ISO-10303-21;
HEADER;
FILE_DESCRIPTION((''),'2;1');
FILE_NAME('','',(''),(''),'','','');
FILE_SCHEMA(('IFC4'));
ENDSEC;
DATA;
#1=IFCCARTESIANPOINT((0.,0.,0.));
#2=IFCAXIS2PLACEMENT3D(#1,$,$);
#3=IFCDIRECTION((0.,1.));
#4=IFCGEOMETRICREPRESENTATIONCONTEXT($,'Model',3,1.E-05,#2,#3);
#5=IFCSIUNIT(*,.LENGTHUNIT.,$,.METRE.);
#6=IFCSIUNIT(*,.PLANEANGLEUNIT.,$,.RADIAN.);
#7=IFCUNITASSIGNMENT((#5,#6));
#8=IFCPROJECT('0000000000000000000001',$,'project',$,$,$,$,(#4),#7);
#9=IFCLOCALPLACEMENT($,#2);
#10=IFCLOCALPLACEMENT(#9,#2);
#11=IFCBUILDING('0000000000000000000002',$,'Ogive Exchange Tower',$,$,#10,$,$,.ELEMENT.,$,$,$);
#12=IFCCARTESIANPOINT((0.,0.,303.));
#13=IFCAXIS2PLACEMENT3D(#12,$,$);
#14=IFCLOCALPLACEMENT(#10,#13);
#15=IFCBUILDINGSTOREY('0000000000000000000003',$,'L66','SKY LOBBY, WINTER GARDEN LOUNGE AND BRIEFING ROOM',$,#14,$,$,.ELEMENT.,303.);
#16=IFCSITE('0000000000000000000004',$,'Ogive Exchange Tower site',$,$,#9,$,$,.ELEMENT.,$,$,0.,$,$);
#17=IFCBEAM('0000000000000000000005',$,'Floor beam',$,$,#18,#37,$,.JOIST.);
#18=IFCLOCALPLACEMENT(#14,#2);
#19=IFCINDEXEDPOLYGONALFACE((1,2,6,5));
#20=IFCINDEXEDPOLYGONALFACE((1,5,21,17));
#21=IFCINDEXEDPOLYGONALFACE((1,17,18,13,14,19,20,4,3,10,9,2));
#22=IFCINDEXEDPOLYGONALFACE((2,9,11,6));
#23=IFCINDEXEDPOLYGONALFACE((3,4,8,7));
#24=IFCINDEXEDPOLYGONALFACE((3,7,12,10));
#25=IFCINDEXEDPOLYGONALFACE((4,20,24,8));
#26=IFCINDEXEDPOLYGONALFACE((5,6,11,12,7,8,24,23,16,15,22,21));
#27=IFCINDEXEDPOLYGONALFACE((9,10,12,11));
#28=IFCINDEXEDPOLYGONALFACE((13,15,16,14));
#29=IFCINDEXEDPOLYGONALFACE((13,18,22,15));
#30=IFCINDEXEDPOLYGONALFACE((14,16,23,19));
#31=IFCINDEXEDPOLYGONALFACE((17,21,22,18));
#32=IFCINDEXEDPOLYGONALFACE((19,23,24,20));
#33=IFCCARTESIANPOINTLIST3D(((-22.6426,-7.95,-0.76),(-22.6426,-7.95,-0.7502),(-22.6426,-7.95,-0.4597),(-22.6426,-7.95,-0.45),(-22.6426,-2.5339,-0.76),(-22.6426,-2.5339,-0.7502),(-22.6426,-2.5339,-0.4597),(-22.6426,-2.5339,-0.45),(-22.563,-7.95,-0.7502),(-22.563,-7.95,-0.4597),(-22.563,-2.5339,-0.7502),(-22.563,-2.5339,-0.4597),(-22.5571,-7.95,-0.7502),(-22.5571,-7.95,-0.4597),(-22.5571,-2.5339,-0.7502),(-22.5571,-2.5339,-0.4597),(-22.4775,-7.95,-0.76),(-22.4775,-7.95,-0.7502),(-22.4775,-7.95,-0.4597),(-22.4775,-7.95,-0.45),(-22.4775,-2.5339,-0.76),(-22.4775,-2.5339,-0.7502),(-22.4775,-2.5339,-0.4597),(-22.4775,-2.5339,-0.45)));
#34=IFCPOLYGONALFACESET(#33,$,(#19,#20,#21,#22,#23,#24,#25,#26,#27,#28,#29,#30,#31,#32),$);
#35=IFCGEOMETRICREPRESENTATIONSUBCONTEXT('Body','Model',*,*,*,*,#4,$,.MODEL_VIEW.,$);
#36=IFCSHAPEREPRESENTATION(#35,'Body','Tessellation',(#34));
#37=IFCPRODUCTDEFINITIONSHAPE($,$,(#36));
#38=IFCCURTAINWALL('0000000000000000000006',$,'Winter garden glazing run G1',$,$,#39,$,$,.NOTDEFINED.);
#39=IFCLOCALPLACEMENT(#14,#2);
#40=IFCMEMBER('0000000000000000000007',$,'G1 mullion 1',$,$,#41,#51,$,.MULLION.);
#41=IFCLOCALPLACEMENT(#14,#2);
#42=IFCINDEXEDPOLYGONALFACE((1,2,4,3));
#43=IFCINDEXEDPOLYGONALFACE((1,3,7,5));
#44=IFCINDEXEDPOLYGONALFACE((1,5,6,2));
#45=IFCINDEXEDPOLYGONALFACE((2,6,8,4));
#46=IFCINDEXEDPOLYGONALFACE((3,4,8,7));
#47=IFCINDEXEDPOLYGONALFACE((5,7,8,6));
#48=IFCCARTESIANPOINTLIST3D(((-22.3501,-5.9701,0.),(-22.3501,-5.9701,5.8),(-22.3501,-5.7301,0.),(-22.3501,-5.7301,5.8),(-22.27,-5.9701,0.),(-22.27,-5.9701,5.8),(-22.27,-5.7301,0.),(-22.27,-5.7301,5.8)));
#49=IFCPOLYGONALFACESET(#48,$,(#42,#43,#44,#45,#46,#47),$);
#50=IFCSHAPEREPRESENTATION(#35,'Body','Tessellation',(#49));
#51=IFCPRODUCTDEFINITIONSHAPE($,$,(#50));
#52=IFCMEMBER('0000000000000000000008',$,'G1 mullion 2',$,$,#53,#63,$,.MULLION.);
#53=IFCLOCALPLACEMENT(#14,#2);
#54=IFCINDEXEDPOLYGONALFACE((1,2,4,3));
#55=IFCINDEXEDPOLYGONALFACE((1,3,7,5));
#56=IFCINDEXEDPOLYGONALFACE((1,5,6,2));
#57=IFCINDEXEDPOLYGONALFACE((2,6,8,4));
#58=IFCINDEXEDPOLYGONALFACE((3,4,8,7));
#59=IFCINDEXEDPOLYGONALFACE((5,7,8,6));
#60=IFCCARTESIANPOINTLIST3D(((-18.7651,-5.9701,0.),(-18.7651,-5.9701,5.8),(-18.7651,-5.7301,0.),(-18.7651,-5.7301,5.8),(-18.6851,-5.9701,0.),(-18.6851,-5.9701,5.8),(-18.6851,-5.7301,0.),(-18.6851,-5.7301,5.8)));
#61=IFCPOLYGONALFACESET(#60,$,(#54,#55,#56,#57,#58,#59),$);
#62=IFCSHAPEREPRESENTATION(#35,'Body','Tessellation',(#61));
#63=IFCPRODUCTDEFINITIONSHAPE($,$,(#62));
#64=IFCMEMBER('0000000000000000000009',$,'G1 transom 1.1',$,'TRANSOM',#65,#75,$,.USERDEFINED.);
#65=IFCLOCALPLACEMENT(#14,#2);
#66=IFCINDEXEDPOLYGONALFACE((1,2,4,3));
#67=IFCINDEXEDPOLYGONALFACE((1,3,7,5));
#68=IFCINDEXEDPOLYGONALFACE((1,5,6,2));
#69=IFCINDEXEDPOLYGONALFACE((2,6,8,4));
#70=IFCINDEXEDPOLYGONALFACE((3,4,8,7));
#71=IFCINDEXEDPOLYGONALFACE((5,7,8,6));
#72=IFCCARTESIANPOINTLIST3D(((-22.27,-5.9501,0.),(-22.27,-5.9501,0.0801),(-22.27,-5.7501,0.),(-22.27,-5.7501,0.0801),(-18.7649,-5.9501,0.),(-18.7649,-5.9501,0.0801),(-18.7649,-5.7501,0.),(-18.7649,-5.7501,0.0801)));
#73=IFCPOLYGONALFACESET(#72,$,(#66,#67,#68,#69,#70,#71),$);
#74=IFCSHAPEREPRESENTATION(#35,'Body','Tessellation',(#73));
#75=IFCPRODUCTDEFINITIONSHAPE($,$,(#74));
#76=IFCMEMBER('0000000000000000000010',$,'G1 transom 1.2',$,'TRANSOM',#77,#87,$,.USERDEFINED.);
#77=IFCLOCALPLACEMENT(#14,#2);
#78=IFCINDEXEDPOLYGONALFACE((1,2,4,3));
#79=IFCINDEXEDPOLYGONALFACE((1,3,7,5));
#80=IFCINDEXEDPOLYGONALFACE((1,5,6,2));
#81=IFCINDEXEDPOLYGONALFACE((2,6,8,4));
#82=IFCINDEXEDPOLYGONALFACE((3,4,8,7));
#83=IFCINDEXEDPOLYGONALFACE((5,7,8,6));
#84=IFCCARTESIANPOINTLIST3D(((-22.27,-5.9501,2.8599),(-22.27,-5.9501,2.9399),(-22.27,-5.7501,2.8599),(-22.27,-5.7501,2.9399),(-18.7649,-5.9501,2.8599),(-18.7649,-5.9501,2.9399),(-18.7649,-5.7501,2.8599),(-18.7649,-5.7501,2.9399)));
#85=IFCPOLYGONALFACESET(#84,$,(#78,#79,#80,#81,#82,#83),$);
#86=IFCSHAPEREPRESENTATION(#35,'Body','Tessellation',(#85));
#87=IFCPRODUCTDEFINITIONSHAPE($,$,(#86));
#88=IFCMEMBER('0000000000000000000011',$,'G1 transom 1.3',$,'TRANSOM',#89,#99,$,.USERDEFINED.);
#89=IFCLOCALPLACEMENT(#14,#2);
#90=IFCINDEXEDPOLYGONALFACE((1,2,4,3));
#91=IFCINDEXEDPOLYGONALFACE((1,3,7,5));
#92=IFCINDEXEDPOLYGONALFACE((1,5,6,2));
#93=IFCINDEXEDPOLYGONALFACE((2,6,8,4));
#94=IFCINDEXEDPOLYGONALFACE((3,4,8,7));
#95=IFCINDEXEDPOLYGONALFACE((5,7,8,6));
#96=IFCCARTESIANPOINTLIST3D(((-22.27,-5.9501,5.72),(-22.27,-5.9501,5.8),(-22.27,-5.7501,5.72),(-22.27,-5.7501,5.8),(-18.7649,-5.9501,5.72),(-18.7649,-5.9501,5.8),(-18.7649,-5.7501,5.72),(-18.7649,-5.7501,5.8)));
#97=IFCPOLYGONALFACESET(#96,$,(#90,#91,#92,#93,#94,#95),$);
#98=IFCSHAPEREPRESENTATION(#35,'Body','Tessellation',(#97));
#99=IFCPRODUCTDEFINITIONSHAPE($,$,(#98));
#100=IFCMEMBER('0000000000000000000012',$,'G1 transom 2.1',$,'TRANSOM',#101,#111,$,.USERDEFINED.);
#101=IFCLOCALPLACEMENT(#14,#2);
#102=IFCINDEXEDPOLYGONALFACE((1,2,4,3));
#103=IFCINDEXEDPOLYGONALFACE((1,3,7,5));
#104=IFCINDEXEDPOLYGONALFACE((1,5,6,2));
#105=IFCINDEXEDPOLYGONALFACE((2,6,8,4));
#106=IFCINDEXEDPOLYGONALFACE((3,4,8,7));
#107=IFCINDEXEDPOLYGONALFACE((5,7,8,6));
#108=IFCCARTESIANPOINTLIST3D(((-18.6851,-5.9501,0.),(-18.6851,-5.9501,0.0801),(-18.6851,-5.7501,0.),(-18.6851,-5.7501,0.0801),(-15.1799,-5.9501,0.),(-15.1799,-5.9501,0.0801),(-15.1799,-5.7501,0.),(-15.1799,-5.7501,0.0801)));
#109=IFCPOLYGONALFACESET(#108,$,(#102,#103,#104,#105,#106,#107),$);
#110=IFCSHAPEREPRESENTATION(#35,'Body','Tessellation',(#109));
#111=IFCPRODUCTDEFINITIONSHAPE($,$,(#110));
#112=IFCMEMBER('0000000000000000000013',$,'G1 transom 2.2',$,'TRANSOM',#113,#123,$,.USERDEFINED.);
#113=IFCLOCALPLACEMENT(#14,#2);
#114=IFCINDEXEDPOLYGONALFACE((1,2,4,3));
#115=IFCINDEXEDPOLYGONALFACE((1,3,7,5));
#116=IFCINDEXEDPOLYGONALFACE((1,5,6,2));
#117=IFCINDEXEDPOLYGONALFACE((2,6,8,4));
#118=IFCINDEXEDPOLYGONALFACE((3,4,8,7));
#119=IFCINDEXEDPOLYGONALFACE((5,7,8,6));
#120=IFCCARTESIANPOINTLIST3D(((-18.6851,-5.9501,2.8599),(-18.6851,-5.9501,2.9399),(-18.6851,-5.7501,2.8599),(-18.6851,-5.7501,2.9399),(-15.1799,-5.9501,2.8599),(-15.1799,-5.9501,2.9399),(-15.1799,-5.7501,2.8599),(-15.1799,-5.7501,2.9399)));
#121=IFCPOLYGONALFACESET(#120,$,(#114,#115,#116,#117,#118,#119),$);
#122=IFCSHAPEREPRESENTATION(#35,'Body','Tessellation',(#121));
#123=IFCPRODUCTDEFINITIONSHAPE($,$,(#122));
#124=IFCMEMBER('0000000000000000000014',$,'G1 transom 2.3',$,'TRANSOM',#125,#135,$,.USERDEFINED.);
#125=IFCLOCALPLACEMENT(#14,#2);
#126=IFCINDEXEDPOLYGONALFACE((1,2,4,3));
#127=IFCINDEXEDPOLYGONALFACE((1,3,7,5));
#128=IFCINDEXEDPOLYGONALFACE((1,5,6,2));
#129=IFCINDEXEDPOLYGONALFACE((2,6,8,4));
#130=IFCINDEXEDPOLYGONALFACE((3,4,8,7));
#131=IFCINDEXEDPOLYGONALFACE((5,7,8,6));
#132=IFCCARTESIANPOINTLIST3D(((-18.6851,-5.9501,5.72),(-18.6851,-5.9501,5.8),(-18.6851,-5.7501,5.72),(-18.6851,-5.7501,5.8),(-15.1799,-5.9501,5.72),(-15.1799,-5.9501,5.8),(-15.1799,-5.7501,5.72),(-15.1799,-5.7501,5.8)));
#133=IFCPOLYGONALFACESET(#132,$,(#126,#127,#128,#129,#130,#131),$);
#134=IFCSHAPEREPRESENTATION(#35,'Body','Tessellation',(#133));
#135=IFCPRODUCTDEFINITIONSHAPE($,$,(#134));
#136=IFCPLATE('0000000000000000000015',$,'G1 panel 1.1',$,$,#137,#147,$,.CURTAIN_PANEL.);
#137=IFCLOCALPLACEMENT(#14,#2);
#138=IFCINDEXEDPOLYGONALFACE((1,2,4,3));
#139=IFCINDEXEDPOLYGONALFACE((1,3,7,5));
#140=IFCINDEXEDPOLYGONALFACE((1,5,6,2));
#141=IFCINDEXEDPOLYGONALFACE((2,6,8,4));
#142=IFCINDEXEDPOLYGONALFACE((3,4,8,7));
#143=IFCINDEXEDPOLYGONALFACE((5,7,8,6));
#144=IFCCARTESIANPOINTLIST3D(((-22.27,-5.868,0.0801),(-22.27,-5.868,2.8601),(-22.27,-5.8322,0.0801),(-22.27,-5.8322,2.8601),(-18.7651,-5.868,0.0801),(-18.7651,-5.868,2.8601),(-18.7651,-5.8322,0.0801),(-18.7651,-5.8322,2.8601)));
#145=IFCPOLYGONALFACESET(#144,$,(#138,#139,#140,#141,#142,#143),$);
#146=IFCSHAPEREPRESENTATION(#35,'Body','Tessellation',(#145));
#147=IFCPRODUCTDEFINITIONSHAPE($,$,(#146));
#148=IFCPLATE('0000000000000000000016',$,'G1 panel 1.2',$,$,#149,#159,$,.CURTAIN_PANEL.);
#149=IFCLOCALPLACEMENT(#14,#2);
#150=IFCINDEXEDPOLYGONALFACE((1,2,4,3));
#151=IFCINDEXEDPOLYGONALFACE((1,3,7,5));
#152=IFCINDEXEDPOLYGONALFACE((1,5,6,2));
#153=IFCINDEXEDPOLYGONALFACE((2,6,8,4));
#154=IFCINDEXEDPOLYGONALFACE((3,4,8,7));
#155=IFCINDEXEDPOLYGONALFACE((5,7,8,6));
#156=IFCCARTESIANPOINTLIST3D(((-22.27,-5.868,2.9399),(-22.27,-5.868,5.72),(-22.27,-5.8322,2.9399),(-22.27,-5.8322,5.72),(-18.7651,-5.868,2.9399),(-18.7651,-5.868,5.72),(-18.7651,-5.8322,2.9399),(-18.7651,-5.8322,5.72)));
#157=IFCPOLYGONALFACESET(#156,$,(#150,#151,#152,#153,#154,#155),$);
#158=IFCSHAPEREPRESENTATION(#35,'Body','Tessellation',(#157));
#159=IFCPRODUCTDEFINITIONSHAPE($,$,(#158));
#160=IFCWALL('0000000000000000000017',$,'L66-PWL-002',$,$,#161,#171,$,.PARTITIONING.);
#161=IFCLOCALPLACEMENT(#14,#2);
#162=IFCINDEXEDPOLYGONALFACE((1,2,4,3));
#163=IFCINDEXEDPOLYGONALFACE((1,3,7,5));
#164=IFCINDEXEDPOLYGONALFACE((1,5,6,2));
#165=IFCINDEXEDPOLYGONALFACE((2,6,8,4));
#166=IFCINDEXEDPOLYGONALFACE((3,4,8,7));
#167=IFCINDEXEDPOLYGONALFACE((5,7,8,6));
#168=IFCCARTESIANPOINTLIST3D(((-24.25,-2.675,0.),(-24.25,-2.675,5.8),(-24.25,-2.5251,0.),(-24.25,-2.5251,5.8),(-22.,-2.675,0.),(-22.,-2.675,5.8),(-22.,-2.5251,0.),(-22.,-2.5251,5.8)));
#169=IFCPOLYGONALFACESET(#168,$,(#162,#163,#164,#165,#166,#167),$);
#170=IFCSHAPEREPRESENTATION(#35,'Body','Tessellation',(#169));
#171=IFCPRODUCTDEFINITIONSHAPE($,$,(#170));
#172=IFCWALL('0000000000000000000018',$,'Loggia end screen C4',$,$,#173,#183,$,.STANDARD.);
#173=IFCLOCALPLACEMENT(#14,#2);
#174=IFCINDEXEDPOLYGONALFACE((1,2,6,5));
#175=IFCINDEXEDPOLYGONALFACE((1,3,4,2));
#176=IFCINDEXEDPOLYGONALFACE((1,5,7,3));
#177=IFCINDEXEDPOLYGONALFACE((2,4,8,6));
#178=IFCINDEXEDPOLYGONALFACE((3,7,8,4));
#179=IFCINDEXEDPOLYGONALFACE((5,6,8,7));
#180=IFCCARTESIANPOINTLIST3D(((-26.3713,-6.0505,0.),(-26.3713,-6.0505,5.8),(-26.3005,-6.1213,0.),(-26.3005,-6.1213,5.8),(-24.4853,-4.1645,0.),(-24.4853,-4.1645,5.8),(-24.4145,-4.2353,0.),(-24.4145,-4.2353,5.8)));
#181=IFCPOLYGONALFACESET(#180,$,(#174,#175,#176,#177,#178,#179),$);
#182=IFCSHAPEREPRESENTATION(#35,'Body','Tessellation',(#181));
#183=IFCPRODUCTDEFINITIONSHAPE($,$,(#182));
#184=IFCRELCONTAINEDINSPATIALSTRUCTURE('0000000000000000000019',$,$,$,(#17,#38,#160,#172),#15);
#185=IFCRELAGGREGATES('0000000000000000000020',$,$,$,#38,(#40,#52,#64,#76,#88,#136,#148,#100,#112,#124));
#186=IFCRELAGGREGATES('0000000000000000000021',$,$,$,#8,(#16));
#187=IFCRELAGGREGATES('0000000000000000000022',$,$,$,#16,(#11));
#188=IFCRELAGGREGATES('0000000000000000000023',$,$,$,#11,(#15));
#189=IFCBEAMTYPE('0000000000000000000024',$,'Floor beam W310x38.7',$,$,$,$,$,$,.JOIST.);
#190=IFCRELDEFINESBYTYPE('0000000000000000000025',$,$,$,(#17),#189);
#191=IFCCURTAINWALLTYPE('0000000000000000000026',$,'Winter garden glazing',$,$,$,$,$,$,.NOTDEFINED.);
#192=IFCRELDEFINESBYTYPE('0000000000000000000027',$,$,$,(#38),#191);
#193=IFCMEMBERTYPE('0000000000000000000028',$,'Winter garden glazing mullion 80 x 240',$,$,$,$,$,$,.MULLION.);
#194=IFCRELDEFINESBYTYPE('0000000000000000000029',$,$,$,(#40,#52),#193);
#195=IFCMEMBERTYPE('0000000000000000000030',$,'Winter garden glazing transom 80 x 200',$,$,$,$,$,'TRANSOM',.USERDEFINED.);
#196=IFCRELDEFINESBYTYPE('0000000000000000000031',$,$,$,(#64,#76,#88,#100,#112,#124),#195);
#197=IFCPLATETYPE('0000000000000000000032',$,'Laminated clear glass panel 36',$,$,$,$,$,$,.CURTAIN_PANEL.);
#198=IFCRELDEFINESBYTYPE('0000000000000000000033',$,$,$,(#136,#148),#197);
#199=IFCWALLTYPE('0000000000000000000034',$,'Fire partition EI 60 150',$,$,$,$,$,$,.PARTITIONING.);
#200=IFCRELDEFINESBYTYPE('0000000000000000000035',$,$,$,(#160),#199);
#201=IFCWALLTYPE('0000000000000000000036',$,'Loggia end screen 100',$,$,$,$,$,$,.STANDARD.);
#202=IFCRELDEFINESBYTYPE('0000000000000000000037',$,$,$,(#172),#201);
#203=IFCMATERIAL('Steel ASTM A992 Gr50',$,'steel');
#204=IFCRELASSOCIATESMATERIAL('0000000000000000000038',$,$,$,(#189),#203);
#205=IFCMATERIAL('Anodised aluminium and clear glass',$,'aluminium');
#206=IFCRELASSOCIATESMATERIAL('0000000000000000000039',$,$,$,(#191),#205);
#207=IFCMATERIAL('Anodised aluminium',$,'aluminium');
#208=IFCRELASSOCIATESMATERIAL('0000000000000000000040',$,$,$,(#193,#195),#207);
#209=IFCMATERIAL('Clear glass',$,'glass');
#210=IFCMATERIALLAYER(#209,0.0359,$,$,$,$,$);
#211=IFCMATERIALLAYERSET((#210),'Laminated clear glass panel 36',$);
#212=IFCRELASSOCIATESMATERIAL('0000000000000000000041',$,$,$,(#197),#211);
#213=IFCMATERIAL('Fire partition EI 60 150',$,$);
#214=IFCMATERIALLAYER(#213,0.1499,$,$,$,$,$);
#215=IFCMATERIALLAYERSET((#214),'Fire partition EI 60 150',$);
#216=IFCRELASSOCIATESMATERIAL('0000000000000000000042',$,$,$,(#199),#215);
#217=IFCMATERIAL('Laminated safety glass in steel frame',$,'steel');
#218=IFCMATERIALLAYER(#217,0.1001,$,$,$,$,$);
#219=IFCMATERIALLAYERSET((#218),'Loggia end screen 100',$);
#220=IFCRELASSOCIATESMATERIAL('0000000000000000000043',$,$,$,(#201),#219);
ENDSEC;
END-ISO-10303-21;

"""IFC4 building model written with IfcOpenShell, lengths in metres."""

from ifc_helpers import new_model, si_unit, direction, frame, frame_2d, origin, origin_2d, place, context, subcontext, project, spatial, rectangle, i_section, extrude, material, layer, layer_set, material_profile, profile_set, type_object, element, aggregate, save


model = new_model("IFC4")

# Units and contexts
model_context = context("Model", 3, precision=1e-05, world=origin(), true_north=direction((0.0, 1.0)))
body_context = subcontext(model_context, "Body", "Model", "MODEL_VIEW")
ifc_project = project(units=[si_unit("LENGTHUNIT", "METRE"), si_unit("PLANEANGLEUNIT", "RADIAN")], contexts=[model_context])

# Site, building, storey
site_placement = place(None, origin())
site = spatial("IfcSite", under=ifc_project, at=site_placement, Name="Ogive Exchange Tower site", CompositionType="ELEMENT", RefElevation=0.0)
building_placement = place(site_placement, origin())
building = spatial("IfcBuilding", under=site, at=building_placement, Name="Ogive Exchange Tower", CompositionType="ELEMENT")
storey_placement = place(building_placement, frame((0.0, 0.0, 303.0)))
storey = spatial("IfcBuildingStorey", under=building, at=storey_placement, Name="L66", Description="SKY LOBBY, WINTER GARDEN LOUNGE AND BRIEFING ROOM", CompositionType="ELEMENT", Elevation=303.0)

# Beam
ifc_material_1 = material(Name="Steel ASTM A992 Gr50", Category="steel")
ifc_material_profile_1 = material_profile(ifc_material_1, i_section(OverallWidth=0.165, OverallDepth=0.3101, WebThickness=0.0059, FlangeThickness=0.0098, at=origin_2d()), Name="W310x38.7")
ifc_profile_set_1 = profile_set([ifc_material_profile_1], Name="Steel ASTM A992 Gr50")
beam_type = type_object("IfcBeamType", Name="Floor beam W310x38.7", PredefinedType="JOIST", material=ifc_profile_set_1)
beam_placement = place(storey_placement, frame((-22.5601, -7.95, -0.605), z_axis=(0.0, 1.0, 0.0), x_axis=(-1.0, 0.0, 0.0)))
element("IfcBeam", 1, at=beam_placement, inside=storey, type_object=beam_type, Name="Floor beam", PredefinedType="JOIST", context=body_context, shape_type="SweptSolid", body=[
    extrude(i_section(OverallWidth=0.165, OverallDepth=0.3101, WebThickness=0.0059, FlangeThickness=0.0098, at=origin_2d()), origin(), (0.0, 0.0, 1.0), 5.416),
])

# Curtain wall, members, plates
ifc_material_2 = material(Name="Anodised aluminium and clear glass", Category="aluminium")
curtain_wall_type = type_object("IfcCurtainWallType", Name="Winter garden glazing", PredefinedType="NOTDEFINED", material=ifc_material_2)
curtain_wall_placement = place(storey_placement, origin())
curtain_wall = element("IfcCurtainWall", 2, at=curtain_wall_placement, inside=storey, type_object=curtain_wall_type, Name="Winter garden glazing run G1", PredefinedType="NOTDEFINED")
ifc_material_3 = material(Name="Anodised aluminium", Category="aluminium")
ifc_material_profile_2 = material_profile(ifc_material_3, rectangle(XDim=0.24, YDim=0.0801, at=origin_2d()), Name="AL 80x240")
ifc_profile_set_2 = profile_set([ifc_material_profile_2], Name="Anodised aluminium")
member_type_1 = type_object("IfcMemberType", Name="Winter garden glazing mullion 80 x 240", PredefinedType="MULLION", material=ifc_profile_set_2)
member_1_placement = place(storey_placement, frame((-22.3101, -5.8501, 0.0), z_axis=(0.0, 0.0, 1.0), x_axis=(0.0, 1.0, 0.0)))
member_1 = element("IfcMember", 3, at=member_1_placement, type_object=member_type_1, Name="G1 mullion 1", PredefinedType="MULLION", context=body_context, shape_type="SweptSolid", body=[
    extrude(rectangle(XDim=0.24, YDim=0.0801, at=origin_2d()), origin(), (0.0, 0.0, 1.0), 5.8),
])
member_2_placement = place(storey_placement, frame((-18.7251, -5.8501, 0.0), z_axis=(0.0, 0.0, 1.0), x_axis=(0.0, 1.0, 0.0)))
member_2 = element("IfcMember", 4, at=member_2_placement, type_object=member_type_1, Name="G1 mullion 2", PredefinedType="MULLION", context=body_context, shape_type="SweptSolid", body=[
    extrude(rectangle(XDim=0.24, YDim=0.0801, at=origin_2d()), origin(), (0.0, 0.0, 1.0), 5.8),
])
ifc_material_profile_3 = material_profile(ifc_material_3, rectangle(XDim=0.2, YDim=0.0801, at=origin_2d()), Name="AL 80x200")
ifc_profile_set_3 = profile_set([ifc_material_profile_3], Name="Anodised aluminium")
member_type_2 = type_object("IfcMemberType", Name="Winter garden glazing transom 80 x 200", ElementType="TRANSOM", PredefinedType="USERDEFINED", material=ifc_profile_set_3)
member_3_placement = place(storey_placement, frame((-22.27, -5.8501, 0.04), z_axis=(1.0, 0.0, 0.0), x_axis=(0.0, 1.0, 0.0)))
member_3 = element("IfcMember", 5, at=member_3_placement, type_object=member_type_2, Name="G1 transom 1.1", ObjectType="TRANSOM", PredefinedType="USERDEFINED", context=body_context, shape_type="SweptSolid", body=[
    extrude(rectangle(XDim=0.2, YDim=0.0801, at=origin_2d()), origin(), (0.0, 0.0, 1.0), 3.5051),
])
member_4_placement = place(storey_placement, frame((-22.27, -5.8501, 2.8999), z_axis=(1.0, 0.0, 0.0), x_axis=(0.0, 1.0, 0.0)))
member_4 = element("IfcMember", 6, at=member_4_placement, type_object=member_type_2, Name="G1 transom 1.2", ObjectType="TRANSOM", PredefinedType="USERDEFINED", context=body_context, shape_type="SweptSolid", body=[
    extrude(rectangle(XDim=0.2, YDim=0.0801, at=origin_2d()), origin(), (0.0, 0.0, 1.0), 3.5051),
])
member_5_placement = place(storey_placement, frame((-22.27, -5.8501, 5.76), z_axis=(1.0, 0.0, 0.0), x_axis=(0.0, 1.0, 0.0)))
member_5 = element("IfcMember", 7, at=member_5_placement, type_object=member_type_2, Name="G1 transom 1.3", ObjectType="TRANSOM", PredefinedType="USERDEFINED", context=body_context, shape_type="SweptSolid", body=[
    extrude(rectangle(XDim=0.2, YDim=0.0801, at=origin_2d()), origin(), (0.0, 0.0, 1.0), 3.5051),
])
member_6_placement = place(storey_placement, frame((-18.6851, -5.8501, 0.04), z_axis=(1.0, 0.0, 0.0), x_axis=(0.0, 1.0, 0.0)))
member_6 = element("IfcMember", 8, at=member_6_placement, type_object=member_type_2, Name="G1 transom 2.1", ObjectType="TRANSOM", PredefinedType="USERDEFINED", context=body_context, shape_type="SweptSolid", body=[
    extrude(rectangle(XDim=0.2, YDim=0.0801, at=origin_2d()), origin(), (0.0, 0.0, 1.0), 3.5051),
])
member_7_placement = place(storey_placement, frame((-18.6851, -5.8501, 2.8999), z_axis=(1.0, 0.0, 0.0), x_axis=(0.0, 1.0, 0.0)))
member_7 = element("IfcMember", 9, at=member_7_placement, type_object=member_type_2, Name="G1 transom 2.2", ObjectType="TRANSOM", PredefinedType="USERDEFINED", context=body_context, shape_type="SweptSolid", body=[
    extrude(rectangle(XDim=0.2, YDim=0.0801, at=origin_2d()), origin(), (0.0, 0.0, 1.0), 3.5051),
])
member_8_placement = place(storey_placement, frame((-18.6851, -5.8501, 5.76), z_axis=(1.0, 0.0, 0.0), x_axis=(0.0, 1.0, 0.0)))
member_8 = element("IfcMember", 10, at=member_8_placement, type_object=member_type_2, Name="G1 transom 2.3", ObjectType="TRANSOM", PredefinedType="USERDEFINED", context=body_context, shape_type="SweptSolid", body=[
    extrude(rectangle(XDim=0.2, YDim=0.0801, at=origin_2d()), origin(), (0.0, 0.0, 1.0), 3.5051),
])
ifc_material_4 = material(Name="Clear glass", Category="glass")
ifc_layer_1 = layer(ifc_material_4, 0.0359)
ifc_layer_set_1 = layer_set([ifc_layer_1], Name="Laminated clear glass panel 36")
plate_type = type_object("IfcPlateType", Name="Laminated clear glass panel 36", PredefinedType="CURTAIN_PANEL", material=ifc_layer_set_1)
plate_1_placement = place(storey_placement, frame((-20.5176, -5.8501, 0.0801), z_axis=(0.0, 0.0, 1.0), x_axis=(1.0, 0.0, 0.0)))
plate_1 = element("IfcPlate", 11, at=plate_1_placement, type_object=plate_type, Name="G1 panel 1.1", PredefinedType="CURTAIN_PANEL", context=body_context, shape_type="SweptSolid", body=[
    extrude(rectangle(XDim=3.5049, YDim=0.0359, at=origin_2d()), origin(), (0.0, 0.0, 1.0), 2.78),
])
plate_2_placement = place(storey_placement, frame((-20.5176, -5.8501, 2.9399), z_axis=(0.0, 0.0, 1.0), x_axis=(1.0, 0.0, 0.0)))
plate_2 = element("IfcPlate", 12, at=plate_2_placement, type_object=plate_type, Name="G1 panel 1.2", PredefinedType="CURTAIN_PANEL", context=body_context, shape_type="SweptSolid", body=[
    extrude(rectangle(XDim=3.5049, YDim=0.0359, at=origin_2d()), origin(), (0.0, 0.0, 1.0), 2.78),
])
aggregate(curtain_wall, [member_1, member_2, member_3, member_4, member_5, plate_1, plate_2, member_6, member_7, member_8])

# Walls
ifc_material_5 = material(Name="Fire partition EI 60 150")
ifc_layer_2 = layer(ifc_material_5, 0.1499)
ifc_layer_set_2 = layer_set([ifc_layer_2], Name="Fire partition EI 60 150")
wall_type_1 = type_object("IfcWallType", Name="Fire partition EI 60 150", PredefinedType="PARTITIONING", material=ifc_layer_set_2)
wall_1_placement = place(storey_placement, frame((-24.25, -2.6001, 0.0), z_axis=(0.0, 0.0, 1.0), x_axis=(1.0, 0.0, 0.0)))
element("IfcWall", 13, at=wall_1_placement, inside=storey, type_object=wall_type_1, Name="L66-PWL-002", PredefinedType="PARTITIONING", context=body_context, shape_type="SweptSolid", body=[
    extrude(rectangle(XDim=2.25, YDim=0.1499, at=frame_2d((1.125, 0.0))), origin(), (0.0, 0.0, 1.0), 5.8),
])
ifc_material_6 = material(Name="Laminated safety glass in steel frame", Category="steel")
ifc_layer_3 = layer(ifc_material_6, 0.1001)
ifc_layer_set_3 = layer_set([ifc_layer_3], Name="Loggia end screen 100")
wall_type_2 = type_object("IfcWallType", Name="Loggia end screen 100", PredefinedType="STANDARD", material=ifc_layer_set_3)
wall_2_placement = place(storey_placement, frame((-24.45, -4.2, 0.0), z_axis=(0.0, 0.0, 1.0), x_axis=(-0.707107, -0.707107, 0.0)))
element("IfcWall", 14, at=wall_2_placement, inside=storey, type_object=wall_type_2, Name="Loggia end screen C4", PredefinedType="STANDARD", context=body_context, shape_type="SweptSolid", body=[
    extrude(rectangle(XDim=2.6672, YDim=0.1001, at=frame_2d((1.3335, 0.0))), origin(), (0.0, 0.0, 1.0), 5.8),
])

save(model, "model.ifc")
